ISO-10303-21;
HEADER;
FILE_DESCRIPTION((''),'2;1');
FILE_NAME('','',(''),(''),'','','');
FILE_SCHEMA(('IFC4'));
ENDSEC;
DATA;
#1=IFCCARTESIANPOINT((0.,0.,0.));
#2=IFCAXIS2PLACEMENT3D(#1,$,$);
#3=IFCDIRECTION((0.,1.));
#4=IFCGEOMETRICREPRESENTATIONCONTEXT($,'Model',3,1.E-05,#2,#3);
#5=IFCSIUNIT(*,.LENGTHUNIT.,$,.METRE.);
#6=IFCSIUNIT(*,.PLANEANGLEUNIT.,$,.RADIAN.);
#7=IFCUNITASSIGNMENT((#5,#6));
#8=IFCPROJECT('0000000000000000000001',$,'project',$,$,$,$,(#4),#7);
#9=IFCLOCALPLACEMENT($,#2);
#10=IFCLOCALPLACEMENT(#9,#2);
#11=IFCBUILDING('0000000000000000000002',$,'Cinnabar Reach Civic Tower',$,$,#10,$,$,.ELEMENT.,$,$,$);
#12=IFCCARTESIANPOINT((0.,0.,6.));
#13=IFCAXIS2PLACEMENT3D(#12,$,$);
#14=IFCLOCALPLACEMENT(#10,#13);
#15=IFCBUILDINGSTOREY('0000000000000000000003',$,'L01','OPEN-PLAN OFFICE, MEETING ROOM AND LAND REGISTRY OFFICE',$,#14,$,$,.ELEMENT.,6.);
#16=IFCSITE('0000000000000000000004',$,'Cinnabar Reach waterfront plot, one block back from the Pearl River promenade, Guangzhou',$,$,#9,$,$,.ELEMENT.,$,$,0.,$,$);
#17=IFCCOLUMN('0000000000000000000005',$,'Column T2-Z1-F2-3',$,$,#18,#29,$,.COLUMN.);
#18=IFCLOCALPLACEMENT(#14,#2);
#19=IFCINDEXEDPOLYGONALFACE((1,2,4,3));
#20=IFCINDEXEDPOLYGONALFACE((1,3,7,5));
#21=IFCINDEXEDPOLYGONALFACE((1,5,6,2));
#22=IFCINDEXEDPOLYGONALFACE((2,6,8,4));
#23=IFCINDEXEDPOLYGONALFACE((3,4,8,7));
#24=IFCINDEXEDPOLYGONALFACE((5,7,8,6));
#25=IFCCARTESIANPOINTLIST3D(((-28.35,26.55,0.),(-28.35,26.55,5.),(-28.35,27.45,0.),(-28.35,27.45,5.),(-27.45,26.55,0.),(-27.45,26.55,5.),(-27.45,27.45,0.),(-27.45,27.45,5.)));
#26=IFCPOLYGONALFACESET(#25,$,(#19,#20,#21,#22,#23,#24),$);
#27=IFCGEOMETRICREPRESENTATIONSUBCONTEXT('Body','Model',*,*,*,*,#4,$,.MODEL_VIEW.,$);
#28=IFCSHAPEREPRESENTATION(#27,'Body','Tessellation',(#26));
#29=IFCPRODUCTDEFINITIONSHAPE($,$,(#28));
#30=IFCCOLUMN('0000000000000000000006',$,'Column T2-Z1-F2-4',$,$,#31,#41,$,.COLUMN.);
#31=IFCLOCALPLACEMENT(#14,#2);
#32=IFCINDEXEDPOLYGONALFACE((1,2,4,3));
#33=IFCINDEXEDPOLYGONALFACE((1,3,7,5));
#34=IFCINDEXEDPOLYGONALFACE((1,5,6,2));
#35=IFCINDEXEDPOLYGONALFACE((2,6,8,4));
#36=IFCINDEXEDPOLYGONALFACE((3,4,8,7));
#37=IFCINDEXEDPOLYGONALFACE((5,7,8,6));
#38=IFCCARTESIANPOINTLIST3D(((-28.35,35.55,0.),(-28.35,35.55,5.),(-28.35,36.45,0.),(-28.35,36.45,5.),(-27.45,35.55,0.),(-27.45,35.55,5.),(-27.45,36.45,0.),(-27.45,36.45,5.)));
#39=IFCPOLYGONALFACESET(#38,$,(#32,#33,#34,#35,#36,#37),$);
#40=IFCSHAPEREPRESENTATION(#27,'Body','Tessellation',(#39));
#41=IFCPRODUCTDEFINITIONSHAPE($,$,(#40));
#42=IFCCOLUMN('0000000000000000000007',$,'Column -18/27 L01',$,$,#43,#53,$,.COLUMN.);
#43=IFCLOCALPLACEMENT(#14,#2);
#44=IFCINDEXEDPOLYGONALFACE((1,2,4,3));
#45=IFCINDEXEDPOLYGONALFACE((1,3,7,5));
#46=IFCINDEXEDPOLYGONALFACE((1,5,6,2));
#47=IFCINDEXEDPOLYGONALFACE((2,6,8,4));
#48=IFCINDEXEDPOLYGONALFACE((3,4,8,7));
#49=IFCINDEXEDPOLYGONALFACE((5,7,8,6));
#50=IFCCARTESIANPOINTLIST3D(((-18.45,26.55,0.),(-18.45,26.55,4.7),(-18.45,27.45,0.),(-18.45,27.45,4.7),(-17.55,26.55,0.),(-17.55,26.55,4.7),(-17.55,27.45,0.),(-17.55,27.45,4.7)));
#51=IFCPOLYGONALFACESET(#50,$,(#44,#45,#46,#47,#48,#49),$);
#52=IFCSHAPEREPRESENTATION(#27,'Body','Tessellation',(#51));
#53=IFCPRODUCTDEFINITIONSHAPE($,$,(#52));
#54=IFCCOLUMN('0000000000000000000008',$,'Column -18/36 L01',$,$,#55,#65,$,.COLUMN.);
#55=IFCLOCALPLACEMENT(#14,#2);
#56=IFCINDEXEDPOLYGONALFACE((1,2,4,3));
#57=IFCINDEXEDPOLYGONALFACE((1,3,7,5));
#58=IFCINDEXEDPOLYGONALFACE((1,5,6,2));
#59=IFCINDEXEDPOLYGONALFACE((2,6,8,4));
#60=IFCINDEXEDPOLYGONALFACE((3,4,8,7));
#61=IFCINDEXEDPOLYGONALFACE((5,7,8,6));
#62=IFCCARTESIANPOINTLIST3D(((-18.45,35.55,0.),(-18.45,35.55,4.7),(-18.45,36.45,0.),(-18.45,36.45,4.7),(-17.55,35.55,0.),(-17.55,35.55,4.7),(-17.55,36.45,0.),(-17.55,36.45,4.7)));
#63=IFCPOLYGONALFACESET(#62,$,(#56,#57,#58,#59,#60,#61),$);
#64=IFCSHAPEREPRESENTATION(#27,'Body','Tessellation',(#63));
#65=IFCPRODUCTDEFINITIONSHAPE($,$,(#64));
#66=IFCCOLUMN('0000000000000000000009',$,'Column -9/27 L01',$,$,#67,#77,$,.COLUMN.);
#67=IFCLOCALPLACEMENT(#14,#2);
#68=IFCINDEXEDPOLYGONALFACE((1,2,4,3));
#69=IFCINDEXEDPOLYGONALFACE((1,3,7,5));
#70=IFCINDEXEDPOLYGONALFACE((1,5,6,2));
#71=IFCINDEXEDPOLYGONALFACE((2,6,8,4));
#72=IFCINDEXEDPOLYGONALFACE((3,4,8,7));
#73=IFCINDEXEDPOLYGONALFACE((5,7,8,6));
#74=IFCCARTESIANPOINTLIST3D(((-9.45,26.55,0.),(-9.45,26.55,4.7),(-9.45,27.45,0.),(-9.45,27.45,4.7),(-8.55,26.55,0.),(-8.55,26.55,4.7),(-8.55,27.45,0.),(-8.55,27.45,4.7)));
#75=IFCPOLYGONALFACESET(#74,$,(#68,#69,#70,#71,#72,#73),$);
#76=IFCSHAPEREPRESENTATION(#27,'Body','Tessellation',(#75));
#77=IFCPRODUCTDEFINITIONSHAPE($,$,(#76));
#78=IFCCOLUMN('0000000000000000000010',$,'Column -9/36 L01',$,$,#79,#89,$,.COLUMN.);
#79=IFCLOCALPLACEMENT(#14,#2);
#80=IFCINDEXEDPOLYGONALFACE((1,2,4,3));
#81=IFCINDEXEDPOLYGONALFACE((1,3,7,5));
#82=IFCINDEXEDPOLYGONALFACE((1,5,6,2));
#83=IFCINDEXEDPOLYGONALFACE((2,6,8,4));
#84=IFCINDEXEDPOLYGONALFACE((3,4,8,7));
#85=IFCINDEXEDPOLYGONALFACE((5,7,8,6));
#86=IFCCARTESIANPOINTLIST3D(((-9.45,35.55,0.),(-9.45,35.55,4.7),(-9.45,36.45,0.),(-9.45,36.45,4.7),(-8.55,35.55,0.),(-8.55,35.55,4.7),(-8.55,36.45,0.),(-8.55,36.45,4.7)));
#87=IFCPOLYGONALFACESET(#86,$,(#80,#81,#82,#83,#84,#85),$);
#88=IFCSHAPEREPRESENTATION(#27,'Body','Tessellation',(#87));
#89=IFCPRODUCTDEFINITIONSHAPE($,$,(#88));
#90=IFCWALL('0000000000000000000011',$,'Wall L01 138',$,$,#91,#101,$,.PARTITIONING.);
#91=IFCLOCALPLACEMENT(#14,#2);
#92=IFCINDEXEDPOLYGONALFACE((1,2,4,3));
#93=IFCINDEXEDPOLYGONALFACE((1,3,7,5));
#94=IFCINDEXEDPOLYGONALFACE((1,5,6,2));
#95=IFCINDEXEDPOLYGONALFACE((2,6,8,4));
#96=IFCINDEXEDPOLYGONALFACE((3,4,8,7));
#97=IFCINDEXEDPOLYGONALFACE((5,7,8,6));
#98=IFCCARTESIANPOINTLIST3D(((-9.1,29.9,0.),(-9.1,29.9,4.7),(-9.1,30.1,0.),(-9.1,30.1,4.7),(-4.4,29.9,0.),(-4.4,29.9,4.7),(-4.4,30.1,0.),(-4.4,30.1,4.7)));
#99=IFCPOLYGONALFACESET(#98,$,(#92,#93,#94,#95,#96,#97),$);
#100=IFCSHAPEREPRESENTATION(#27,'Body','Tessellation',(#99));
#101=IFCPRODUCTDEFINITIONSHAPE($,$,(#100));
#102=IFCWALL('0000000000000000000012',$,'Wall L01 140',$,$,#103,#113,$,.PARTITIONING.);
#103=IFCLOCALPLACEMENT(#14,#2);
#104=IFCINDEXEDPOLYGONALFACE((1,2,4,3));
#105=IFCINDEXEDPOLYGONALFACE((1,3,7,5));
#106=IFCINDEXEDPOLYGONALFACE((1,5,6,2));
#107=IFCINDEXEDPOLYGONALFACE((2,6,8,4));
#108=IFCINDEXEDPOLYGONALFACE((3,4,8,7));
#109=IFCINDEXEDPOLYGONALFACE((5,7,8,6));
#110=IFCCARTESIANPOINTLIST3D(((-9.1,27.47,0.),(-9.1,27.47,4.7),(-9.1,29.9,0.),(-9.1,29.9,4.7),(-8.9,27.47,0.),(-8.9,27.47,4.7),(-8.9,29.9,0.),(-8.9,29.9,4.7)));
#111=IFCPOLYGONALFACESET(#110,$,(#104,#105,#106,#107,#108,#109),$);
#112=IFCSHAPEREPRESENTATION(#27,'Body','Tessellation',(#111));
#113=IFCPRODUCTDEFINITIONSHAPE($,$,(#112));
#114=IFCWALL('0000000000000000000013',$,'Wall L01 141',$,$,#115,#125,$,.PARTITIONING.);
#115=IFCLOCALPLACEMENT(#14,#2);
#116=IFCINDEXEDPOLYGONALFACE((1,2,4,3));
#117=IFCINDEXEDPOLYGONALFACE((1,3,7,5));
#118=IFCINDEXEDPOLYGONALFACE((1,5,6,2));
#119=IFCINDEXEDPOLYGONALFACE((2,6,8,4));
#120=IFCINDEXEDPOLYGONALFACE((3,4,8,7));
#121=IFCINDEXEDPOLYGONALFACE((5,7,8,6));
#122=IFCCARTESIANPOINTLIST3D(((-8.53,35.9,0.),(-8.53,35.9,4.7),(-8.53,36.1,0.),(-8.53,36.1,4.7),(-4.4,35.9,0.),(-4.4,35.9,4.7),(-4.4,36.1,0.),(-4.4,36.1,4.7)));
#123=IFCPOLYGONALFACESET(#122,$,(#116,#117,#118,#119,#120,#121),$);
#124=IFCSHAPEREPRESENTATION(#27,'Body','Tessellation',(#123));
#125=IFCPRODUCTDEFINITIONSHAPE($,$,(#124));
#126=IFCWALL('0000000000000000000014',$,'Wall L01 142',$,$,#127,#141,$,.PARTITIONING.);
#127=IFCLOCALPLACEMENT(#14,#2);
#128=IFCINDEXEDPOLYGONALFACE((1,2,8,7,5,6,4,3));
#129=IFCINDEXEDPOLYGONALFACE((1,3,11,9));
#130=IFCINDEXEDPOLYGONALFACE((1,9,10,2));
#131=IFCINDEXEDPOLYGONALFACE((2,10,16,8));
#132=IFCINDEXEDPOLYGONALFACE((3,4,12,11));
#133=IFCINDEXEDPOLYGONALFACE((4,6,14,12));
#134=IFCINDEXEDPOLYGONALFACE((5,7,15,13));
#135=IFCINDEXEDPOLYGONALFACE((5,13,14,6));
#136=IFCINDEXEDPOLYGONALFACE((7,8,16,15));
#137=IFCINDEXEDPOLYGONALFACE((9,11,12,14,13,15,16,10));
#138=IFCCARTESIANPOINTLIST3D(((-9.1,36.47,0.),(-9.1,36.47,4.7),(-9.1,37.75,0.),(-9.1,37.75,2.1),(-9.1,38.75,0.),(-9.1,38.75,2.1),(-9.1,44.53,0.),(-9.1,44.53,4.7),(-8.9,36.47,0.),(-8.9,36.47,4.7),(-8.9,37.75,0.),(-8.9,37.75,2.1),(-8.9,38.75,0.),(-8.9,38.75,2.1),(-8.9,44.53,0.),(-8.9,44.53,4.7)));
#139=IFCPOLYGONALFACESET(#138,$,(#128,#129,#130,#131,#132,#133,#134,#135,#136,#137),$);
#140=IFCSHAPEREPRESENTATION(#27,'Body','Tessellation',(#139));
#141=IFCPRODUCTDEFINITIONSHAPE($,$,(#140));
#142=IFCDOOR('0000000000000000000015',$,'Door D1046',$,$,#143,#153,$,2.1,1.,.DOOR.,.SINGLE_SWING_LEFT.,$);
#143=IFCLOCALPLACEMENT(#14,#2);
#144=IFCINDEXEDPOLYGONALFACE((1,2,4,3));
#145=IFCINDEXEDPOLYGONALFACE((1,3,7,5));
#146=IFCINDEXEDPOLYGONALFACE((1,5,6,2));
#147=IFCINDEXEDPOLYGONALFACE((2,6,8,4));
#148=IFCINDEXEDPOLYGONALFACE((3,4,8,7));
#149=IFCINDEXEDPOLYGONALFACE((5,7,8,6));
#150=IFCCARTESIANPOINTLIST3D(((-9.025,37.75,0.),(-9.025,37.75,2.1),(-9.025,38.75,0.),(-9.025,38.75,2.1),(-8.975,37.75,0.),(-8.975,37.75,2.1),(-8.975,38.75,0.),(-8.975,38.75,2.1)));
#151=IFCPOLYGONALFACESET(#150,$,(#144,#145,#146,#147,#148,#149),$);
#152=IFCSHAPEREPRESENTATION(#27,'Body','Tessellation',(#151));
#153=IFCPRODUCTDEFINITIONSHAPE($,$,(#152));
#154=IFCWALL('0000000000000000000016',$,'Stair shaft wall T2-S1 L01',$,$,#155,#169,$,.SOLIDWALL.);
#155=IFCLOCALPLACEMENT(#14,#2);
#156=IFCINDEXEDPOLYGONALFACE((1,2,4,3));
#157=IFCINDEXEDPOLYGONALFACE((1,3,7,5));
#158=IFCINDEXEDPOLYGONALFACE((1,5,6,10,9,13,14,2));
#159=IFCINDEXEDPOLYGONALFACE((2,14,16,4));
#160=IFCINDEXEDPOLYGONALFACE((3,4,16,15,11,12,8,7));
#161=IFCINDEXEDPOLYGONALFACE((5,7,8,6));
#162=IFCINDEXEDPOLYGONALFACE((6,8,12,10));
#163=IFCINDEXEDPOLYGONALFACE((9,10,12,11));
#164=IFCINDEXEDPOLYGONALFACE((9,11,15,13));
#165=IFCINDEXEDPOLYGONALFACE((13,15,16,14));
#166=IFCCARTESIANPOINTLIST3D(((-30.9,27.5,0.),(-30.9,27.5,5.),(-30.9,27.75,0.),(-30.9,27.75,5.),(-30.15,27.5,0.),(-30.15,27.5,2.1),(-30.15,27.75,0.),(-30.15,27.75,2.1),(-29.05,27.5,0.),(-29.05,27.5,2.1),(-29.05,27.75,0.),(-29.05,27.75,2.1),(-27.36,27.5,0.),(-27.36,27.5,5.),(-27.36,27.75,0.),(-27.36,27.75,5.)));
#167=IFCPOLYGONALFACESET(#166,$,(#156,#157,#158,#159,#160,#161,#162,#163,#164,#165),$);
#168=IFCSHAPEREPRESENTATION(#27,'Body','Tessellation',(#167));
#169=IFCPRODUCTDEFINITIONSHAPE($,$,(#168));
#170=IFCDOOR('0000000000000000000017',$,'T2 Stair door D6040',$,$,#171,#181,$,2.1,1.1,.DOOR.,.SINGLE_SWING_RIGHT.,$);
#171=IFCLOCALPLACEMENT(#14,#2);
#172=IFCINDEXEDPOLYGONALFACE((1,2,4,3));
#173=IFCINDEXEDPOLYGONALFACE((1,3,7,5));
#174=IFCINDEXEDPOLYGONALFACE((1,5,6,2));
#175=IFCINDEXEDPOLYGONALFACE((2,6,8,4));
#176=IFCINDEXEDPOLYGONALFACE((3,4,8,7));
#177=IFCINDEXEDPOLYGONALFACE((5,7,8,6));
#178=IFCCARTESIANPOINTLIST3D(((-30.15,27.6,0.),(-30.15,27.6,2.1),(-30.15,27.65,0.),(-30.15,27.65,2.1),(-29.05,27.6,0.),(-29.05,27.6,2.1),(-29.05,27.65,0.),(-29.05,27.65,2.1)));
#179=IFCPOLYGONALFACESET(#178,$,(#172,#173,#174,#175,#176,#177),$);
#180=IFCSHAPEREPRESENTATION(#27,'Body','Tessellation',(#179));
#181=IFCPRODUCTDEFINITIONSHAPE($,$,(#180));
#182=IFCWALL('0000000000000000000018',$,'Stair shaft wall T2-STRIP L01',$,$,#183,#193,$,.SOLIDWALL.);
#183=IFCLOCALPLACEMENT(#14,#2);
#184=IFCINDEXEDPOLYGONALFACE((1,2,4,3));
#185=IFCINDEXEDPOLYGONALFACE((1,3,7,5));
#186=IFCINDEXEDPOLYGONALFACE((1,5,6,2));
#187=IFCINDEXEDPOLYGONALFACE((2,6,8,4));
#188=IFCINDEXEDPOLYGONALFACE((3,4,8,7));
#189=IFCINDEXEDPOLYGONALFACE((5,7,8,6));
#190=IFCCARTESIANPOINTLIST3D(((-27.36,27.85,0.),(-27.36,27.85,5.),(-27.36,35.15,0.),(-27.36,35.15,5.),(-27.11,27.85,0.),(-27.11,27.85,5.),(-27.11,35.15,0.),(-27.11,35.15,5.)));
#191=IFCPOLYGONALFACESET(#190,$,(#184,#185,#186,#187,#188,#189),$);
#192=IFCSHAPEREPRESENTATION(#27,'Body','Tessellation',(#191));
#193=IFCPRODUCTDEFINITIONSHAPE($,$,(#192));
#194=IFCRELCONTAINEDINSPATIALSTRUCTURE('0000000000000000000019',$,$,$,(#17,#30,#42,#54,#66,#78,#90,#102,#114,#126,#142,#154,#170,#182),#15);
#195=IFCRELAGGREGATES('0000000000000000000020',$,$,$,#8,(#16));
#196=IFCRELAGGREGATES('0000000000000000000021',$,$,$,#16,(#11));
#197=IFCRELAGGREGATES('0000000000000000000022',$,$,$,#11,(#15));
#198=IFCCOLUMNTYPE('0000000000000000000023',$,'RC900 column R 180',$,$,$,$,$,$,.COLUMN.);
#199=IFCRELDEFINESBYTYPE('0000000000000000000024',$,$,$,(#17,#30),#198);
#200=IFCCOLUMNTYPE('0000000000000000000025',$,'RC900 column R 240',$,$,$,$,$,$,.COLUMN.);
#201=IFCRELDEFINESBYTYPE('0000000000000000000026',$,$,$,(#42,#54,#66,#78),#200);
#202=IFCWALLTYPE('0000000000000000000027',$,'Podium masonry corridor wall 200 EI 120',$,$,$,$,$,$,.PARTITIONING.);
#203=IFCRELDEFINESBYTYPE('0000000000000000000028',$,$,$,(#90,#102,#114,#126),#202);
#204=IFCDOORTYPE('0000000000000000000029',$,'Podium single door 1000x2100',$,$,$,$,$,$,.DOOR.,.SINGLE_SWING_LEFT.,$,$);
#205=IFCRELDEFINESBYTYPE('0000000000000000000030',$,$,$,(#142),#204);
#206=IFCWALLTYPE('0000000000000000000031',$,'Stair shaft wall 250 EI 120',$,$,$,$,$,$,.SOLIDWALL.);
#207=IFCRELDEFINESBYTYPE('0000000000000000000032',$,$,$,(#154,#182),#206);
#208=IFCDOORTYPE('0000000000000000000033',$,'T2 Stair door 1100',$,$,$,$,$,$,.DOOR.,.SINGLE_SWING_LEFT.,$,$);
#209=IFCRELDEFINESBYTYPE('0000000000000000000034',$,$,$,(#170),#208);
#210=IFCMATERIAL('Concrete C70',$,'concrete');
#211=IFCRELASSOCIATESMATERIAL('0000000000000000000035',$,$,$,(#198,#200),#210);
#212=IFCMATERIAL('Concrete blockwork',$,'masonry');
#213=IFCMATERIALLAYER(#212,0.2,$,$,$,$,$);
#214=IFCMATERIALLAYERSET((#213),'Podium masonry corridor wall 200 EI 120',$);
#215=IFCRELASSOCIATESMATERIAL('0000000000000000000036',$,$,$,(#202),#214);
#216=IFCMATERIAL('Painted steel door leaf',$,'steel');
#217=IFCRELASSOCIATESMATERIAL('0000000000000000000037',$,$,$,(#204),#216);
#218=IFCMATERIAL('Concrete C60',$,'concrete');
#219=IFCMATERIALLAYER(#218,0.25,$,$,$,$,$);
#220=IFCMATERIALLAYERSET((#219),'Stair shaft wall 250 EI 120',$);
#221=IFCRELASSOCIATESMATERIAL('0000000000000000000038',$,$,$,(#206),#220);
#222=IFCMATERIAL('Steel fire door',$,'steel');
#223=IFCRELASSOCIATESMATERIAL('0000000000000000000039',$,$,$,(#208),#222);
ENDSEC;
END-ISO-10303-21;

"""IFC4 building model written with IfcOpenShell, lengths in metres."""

from ifc_helpers import new_model, si_unit, direction, frame, frame_2d, origin, origin_2d, place, context, subcontext, project, spatial, rectangle, extrude, material, layer, layer_set, material_profile, profile_set, type_object, element, fill, save


model = new_model("IFC4")

# Units and contexts
model_context = context("Model", 3, precision=1e-05, world=origin(), true_north=direction((0.0, 1.0)))
body_context = subcontext(model_context, "Body", "Model", "MODEL_VIEW")
ifc_project = project(units=[si_unit("LENGTHUNIT", "METRE"), si_unit("PLANEANGLEUNIT", "RADIAN")], contexts=[model_context])

# Site, building, storey
site_placement = place(None, origin())
site = spatial("IfcSite", under=ifc_project, at=site_placement, Name="Cinnabar Reach waterfront plot, one block back from the Pearl River promenade, Guangzhou", CompositionType="ELEMENT", RefElevation=0.0)
building_placement = place(site_placement, origin())
building = spatial("IfcBuilding", under=site, at=building_placement, Name="Cinnabar Reach Civic Tower", CompositionType="ELEMENT")
storey_placement = place(building_placement, frame((0.0, 0.0, 6.0)))
storey = spatial("IfcBuildingStorey", under=building, at=storey_placement, Name="L01", Description="OPEN-PLAN OFFICE, MEETING ROOM AND LAND REGISTRY OFFICE", CompositionType="ELEMENT", Elevation=6.0)

# Columns
ifc_material_1 = material(Name="Concrete C70", Category="concrete")
ifc_material_profile_1 = material_profile(ifc_material_1, rectangle(XDim=0.9, YDim=0.9, at=origin_2d()), Name="RC900")
ifc_profile_set_1 = profile_set([ifc_material_profile_1], Name="Concrete C70")
column_type_1 = type_object("IfcColumnType", Name="RC900 column R 180", PredefinedType="COLUMN", material=ifc_profile_set_1)
for number, where, z_axis, x_axis, name in (
    (1, (-27.9, 27.0, 0.0), (0.0, 0.0, 1.0), (1.0, 0.0, 0.0), "Column T2-Z1-F2-3"),
    (2, (-27.9, 36.0, 0.0), (0.0, 0.0, 1.0), (1.0, 0.0, 0.0), "Column T2-Z1-F2-4"),
):
    element("IfcColumn", number, at=place(storey_placement, frame(where, z_axis=z_axis, x_axis=x_axis)), inside=storey, type_object=column_type_1, Name=name, PredefinedType="COLUMN", context=body_context, shape_type="SweptSolid", body=[
        extrude(rectangle(XDim=0.9, YDim=0.9, at=origin_2d()), origin(), (0.0, 0.0, 1.0), 5.0),
    ])
ifc_material_profile_2 = material_profile(ifc_material_1, rectangle(XDim=0.9, YDim=0.9, at=origin_2d()), Name="RC900")
ifc_profile_set_2 = profile_set([ifc_material_profile_2], Name="Concrete C70")
column_type_2 = type_object("IfcColumnType", Name="RC900 column R 240", PredefinedType="COLUMN", material=ifc_profile_set_2)
for number, where, z_axis, x_axis, name in (
    (3, (-18.0, 27.0, 0.0), (0.0, 0.0, 1.0), (1.0, 0.0, 0.0), "Column -18/27 L01"),
    (4, (-18.0, 36.0, 0.0), (0.0, 0.0, 1.0), (1.0, 0.0, 0.0), "Column -18/36 L01"),
    (5, (-9.0, 27.0, 0.0), (0.0, 0.0, 1.0), (1.0, 0.0, 0.0), "Column -9/27 L01"),
    (6, (-9.0, 36.0, 0.0), (0.0, 0.0, 1.0), (1.0, 0.0, 0.0), "Column -9/36 L01"),
):
    element("IfcColumn", number, at=place(storey_placement, frame(where, z_axis=z_axis, x_axis=x_axis)), inside=storey, type_object=column_type_2, Name=name, PredefinedType="COLUMN", context=body_context, shape_type="SweptSolid", body=[
        extrude(rectangle(XDim=0.9, YDim=0.9, at=origin_2d()), origin(), (0.0, 0.0, 1.0), 4.7),
    ])

# Walls
ifc_material_2 = material(Name="Concrete blockwork", Category="masonry")
ifc_layer_1 = layer(ifc_material_2, 0.2)
ifc_layer_set_1 = layer_set([ifc_layer_1], Name="Podium masonry corridor wall 200 EI 120")
wall_type_1 = type_object("IfcWallType", Name="Podium masonry corridor wall 200 EI 120", PredefinedType="PARTITIONING", material=ifc_layer_set_1)
wall_1_placement = place(storey_placement, frame((-9.1, 30.0, 0.0), z_axis=(0.0, 0.0, 1.0), x_axis=(1.0, 0.0, 0.0)))
element("IfcWall", 7, at=wall_1_placement, inside=storey, type_object=wall_type_1, Name="Wall L01 138", PredefinedType="PARTITIONING", context=body_context, shape_type="SweptSolid", body=[
    extrude(rectangle(XDim=4.7, YDim=0.2, at=frame_2d((2.35, 0.0))), origin(), (0.0, 0.0, 1.0), 4.7),
])
wall_2_placement = place(storey_placement, frame((-9.0, 27.47, 0.0), z_axis=(0.0, 0.0, 1.0), x_axis=(0.0, 1.0, 0.0)))
element("IfcWall", 8, at=wall_2_placement, inside=storey, type_object=wall_type_1, Name="Wall L01 140", PredefinedType="PARTITIONING", context=body_context, shape_type="SweptSolid", body=[
    extrude(rectangle(XDim=2.43, YDim=0.2, at=frame_2d((1.215, 0.0))), origin(), (0.0, 0.0, 1.0), 4.7),
])
wall_3_placement = place(storey_placement, frame((-8.53, 36.0, 0.0), z_axis=(0.0, 0.0, 1.0), x_axis=(1.0, 0.0, 0.0)))
element("IfcWall", 9, at=wall_3_placement, inside=storey, type_object=wall_type_1, Name="Wall L01 141", PredefinedType="PARTITIONING", context=body_context, shape_type="SweptSolid", body=[
    extrude(rectangle(XDim=4.13, YDim=0.2, at=frame_2d((2.065, 0.0))), origin(), (0.0, 0.0, 1.0), 4.7),
])

# Walls, openings, doors
wall_4_placement = place(storey_placement, frame((-9.0, 36.47, 0.0), z_axis=(0.0, 0.0, 1.0), x_axis=(0.0, 1.0, 0.0)))
wall_4 = element("IfcWall", 10, at=wall_4_placement, inside=storey, type_object=wall_type_1, Name="Wall L01 142", PredefinedType="PARTITIONING", context=body_context, shape_type="SweptSolid", body=[
    extrude(rectangle(XDim=8.06, YDim=0.2, at=frame_2d((4.03, 0.0))), origin(), (0.0, 0.0, 1.0), 4.7),
])
opening_1_placement = place(wall_4_placement, frame((1.28, 0.0, 0.0)))
opening_1 = element("IfcOpeningElement", 11, at=opening_1_placement, cuts=wall_4, PredefinedType="OPENING", context=body_context, shape_type="SweptSolid", body=[
    extrude(rectangle(XDim=1.0, YDim=2.1, at=frame_2d((0.5, 1.05))), frame((0.0, 0.11, 0.0), z_axis=(0.0, -1.0, 0.0), x_axis=(1.0, 0.0, 0.0)), (0.0, 0.0, 1.0), 0.22),
])
ifc_material_3 = material(Name="Painted steel door leaf", Category="steel")
door_type_1 = type_object("IfcDoorType", Name="Podium single door 1000x2100", OperationType="SINGLE_SWING_LEFT", PredefinedType="DOOR", material=ifc_material_3)
door_1_placement = place(opening_1_placement, frame((1.0, 0.0, 0.0), z_axis=(0.0, 0.0, 1.0), x_axis=(-1.0, 0.0, 0.0)))
door_1 = element("IfcDoor", 12, at=door_1_placement, inside=storey, type_object=door_type_1, Name="Door D1046", OperationType="SINGLE_SWING_LEFT", OverallHeight=2.1, OverallWidth=1.0, PredefinedType="DOOR", context=body_context, shape_type="SweptSolid", body=[
    extrude(rectangle(XDim=1.0, YDim=2.1, at=frame_2d((0.5, 1.05))), frame((0.0, 0.025, 0.0), z_axis=(0.0, -1.0, 0.0), x_axis=(1.0, 0.0, 0.0)), (0.0, 0.0, 1.0), 0.05),
])
fill(opening_1, door_1)
ifc_material_4 = material(Name="Concrete C60", Category="concrete")
ifc_layer_2 = layer(ifc_material_4, 0.25)
ifc_layer_set_2 = layer_set([ifc_layer_2], Name="Stair shaft wall 250 EI 120")
wall_type_2 = type_object("IfcWallType", Name="Stair shaft wall 250 EI 120", PredefinedType="SOLIDWALL", material=ifc_layer_set_2)
wall_5_placement = place(storey_placement, frame((-27.36, 27.625, 0.0), z_axis=(0.0, 0.0, 1.0), x_axis=(-1.0, 0.0, 0.0)))
wall_5 = element("IfcWall", 13, at=wall_5_placement, inside=storey, type_object=wall_type_2, Name="Stair shaft wall T2-S1 L01", PredefinedType="SOLIDWALL", context=body_context, shape_type="SweptSolid", body=[
    extrude(rectangle(XDim=3.54, YDim=0.25, at=frame_2d((1.77, 0.0))), origin(), (0.0, 0.0, 1.0), 5.0),
])
opening_2_placement = place(wall_5_placement, frame((1.69, 0.0, 0.0)))
opening_2 = element("IfcOpeningElement", 14, at=opening_2_placement, cuts=wall_5, PredefinedType="OPENING", context=body_context, shape_type="SweptSolid", body=[
    extrude(rectangle(XDim=1.1, YDim=2.1, at=frame_2d((0.55, 1.05))), frame((0.0, 0.135, 0.0), z_axis=(0.0, -1.0, 0.0), x_axis=(1.0, 0.0, 0.0)), (0.0, 0.0, 1.0), 0.27),
])
ifc_material_5 = material(Name="Steel fire door", Category="steel")
door_type_2 = type_object("IfcDoorType", Name="T2 Stair door 1100", OperationType="SINGLE_SWING_LEFT", PredefinedType="DOOR", material=ifc_material_5)
door_2_placement = place(opening_2_placement, origin())
door_2 = element("IfcDoor", 15, at=door_2_placement, inside=storey, type_object=door_type_2, Name="T2 Stair door D6040", OperationType="SINGLE_SWING_RIGHT", OverallHeight=2.1, OverallWidth=1.1, PredefinedType="DOOR", context=body_context, shape_type="SweptSolid", body=[
    extrude(rectangle(XDim=1.1, YDim=2.1, at=frame_2d((0.55, 1.05))), frame((0.0, 0.025, 0.0), z_axis=(0.0, -1.0, 0.0), x_axis=(1.0, 0.0, 0.0)), (0.0, 0.0, 1.0), 0.05),
])
fill(opening_2, door_2)

# Wall
wall_6_placement = place(storey_placement, frame((-27.235, 27.85, 0.0), z_axis=(0.0, 0.0, 1.0), x_axis=(0.0, 1.0, 0.0)))
element("IfcWall", 16, at=wall_6_placement, inside=storey, type_object=wall_type_2, Name="Stair shaft wall T2-STRIP L01", PredefinedType="SOLIDWALL", context=body_context, shape_type="SweptSolid", body=[
    extrude(rectangle(XDim=7.3, YDim=0.25, at=frame_2d((3.65, 0.0))), origin(), (0.0, 0.0, 1.0), 5.0),
])

save(model, "model.ifc")
